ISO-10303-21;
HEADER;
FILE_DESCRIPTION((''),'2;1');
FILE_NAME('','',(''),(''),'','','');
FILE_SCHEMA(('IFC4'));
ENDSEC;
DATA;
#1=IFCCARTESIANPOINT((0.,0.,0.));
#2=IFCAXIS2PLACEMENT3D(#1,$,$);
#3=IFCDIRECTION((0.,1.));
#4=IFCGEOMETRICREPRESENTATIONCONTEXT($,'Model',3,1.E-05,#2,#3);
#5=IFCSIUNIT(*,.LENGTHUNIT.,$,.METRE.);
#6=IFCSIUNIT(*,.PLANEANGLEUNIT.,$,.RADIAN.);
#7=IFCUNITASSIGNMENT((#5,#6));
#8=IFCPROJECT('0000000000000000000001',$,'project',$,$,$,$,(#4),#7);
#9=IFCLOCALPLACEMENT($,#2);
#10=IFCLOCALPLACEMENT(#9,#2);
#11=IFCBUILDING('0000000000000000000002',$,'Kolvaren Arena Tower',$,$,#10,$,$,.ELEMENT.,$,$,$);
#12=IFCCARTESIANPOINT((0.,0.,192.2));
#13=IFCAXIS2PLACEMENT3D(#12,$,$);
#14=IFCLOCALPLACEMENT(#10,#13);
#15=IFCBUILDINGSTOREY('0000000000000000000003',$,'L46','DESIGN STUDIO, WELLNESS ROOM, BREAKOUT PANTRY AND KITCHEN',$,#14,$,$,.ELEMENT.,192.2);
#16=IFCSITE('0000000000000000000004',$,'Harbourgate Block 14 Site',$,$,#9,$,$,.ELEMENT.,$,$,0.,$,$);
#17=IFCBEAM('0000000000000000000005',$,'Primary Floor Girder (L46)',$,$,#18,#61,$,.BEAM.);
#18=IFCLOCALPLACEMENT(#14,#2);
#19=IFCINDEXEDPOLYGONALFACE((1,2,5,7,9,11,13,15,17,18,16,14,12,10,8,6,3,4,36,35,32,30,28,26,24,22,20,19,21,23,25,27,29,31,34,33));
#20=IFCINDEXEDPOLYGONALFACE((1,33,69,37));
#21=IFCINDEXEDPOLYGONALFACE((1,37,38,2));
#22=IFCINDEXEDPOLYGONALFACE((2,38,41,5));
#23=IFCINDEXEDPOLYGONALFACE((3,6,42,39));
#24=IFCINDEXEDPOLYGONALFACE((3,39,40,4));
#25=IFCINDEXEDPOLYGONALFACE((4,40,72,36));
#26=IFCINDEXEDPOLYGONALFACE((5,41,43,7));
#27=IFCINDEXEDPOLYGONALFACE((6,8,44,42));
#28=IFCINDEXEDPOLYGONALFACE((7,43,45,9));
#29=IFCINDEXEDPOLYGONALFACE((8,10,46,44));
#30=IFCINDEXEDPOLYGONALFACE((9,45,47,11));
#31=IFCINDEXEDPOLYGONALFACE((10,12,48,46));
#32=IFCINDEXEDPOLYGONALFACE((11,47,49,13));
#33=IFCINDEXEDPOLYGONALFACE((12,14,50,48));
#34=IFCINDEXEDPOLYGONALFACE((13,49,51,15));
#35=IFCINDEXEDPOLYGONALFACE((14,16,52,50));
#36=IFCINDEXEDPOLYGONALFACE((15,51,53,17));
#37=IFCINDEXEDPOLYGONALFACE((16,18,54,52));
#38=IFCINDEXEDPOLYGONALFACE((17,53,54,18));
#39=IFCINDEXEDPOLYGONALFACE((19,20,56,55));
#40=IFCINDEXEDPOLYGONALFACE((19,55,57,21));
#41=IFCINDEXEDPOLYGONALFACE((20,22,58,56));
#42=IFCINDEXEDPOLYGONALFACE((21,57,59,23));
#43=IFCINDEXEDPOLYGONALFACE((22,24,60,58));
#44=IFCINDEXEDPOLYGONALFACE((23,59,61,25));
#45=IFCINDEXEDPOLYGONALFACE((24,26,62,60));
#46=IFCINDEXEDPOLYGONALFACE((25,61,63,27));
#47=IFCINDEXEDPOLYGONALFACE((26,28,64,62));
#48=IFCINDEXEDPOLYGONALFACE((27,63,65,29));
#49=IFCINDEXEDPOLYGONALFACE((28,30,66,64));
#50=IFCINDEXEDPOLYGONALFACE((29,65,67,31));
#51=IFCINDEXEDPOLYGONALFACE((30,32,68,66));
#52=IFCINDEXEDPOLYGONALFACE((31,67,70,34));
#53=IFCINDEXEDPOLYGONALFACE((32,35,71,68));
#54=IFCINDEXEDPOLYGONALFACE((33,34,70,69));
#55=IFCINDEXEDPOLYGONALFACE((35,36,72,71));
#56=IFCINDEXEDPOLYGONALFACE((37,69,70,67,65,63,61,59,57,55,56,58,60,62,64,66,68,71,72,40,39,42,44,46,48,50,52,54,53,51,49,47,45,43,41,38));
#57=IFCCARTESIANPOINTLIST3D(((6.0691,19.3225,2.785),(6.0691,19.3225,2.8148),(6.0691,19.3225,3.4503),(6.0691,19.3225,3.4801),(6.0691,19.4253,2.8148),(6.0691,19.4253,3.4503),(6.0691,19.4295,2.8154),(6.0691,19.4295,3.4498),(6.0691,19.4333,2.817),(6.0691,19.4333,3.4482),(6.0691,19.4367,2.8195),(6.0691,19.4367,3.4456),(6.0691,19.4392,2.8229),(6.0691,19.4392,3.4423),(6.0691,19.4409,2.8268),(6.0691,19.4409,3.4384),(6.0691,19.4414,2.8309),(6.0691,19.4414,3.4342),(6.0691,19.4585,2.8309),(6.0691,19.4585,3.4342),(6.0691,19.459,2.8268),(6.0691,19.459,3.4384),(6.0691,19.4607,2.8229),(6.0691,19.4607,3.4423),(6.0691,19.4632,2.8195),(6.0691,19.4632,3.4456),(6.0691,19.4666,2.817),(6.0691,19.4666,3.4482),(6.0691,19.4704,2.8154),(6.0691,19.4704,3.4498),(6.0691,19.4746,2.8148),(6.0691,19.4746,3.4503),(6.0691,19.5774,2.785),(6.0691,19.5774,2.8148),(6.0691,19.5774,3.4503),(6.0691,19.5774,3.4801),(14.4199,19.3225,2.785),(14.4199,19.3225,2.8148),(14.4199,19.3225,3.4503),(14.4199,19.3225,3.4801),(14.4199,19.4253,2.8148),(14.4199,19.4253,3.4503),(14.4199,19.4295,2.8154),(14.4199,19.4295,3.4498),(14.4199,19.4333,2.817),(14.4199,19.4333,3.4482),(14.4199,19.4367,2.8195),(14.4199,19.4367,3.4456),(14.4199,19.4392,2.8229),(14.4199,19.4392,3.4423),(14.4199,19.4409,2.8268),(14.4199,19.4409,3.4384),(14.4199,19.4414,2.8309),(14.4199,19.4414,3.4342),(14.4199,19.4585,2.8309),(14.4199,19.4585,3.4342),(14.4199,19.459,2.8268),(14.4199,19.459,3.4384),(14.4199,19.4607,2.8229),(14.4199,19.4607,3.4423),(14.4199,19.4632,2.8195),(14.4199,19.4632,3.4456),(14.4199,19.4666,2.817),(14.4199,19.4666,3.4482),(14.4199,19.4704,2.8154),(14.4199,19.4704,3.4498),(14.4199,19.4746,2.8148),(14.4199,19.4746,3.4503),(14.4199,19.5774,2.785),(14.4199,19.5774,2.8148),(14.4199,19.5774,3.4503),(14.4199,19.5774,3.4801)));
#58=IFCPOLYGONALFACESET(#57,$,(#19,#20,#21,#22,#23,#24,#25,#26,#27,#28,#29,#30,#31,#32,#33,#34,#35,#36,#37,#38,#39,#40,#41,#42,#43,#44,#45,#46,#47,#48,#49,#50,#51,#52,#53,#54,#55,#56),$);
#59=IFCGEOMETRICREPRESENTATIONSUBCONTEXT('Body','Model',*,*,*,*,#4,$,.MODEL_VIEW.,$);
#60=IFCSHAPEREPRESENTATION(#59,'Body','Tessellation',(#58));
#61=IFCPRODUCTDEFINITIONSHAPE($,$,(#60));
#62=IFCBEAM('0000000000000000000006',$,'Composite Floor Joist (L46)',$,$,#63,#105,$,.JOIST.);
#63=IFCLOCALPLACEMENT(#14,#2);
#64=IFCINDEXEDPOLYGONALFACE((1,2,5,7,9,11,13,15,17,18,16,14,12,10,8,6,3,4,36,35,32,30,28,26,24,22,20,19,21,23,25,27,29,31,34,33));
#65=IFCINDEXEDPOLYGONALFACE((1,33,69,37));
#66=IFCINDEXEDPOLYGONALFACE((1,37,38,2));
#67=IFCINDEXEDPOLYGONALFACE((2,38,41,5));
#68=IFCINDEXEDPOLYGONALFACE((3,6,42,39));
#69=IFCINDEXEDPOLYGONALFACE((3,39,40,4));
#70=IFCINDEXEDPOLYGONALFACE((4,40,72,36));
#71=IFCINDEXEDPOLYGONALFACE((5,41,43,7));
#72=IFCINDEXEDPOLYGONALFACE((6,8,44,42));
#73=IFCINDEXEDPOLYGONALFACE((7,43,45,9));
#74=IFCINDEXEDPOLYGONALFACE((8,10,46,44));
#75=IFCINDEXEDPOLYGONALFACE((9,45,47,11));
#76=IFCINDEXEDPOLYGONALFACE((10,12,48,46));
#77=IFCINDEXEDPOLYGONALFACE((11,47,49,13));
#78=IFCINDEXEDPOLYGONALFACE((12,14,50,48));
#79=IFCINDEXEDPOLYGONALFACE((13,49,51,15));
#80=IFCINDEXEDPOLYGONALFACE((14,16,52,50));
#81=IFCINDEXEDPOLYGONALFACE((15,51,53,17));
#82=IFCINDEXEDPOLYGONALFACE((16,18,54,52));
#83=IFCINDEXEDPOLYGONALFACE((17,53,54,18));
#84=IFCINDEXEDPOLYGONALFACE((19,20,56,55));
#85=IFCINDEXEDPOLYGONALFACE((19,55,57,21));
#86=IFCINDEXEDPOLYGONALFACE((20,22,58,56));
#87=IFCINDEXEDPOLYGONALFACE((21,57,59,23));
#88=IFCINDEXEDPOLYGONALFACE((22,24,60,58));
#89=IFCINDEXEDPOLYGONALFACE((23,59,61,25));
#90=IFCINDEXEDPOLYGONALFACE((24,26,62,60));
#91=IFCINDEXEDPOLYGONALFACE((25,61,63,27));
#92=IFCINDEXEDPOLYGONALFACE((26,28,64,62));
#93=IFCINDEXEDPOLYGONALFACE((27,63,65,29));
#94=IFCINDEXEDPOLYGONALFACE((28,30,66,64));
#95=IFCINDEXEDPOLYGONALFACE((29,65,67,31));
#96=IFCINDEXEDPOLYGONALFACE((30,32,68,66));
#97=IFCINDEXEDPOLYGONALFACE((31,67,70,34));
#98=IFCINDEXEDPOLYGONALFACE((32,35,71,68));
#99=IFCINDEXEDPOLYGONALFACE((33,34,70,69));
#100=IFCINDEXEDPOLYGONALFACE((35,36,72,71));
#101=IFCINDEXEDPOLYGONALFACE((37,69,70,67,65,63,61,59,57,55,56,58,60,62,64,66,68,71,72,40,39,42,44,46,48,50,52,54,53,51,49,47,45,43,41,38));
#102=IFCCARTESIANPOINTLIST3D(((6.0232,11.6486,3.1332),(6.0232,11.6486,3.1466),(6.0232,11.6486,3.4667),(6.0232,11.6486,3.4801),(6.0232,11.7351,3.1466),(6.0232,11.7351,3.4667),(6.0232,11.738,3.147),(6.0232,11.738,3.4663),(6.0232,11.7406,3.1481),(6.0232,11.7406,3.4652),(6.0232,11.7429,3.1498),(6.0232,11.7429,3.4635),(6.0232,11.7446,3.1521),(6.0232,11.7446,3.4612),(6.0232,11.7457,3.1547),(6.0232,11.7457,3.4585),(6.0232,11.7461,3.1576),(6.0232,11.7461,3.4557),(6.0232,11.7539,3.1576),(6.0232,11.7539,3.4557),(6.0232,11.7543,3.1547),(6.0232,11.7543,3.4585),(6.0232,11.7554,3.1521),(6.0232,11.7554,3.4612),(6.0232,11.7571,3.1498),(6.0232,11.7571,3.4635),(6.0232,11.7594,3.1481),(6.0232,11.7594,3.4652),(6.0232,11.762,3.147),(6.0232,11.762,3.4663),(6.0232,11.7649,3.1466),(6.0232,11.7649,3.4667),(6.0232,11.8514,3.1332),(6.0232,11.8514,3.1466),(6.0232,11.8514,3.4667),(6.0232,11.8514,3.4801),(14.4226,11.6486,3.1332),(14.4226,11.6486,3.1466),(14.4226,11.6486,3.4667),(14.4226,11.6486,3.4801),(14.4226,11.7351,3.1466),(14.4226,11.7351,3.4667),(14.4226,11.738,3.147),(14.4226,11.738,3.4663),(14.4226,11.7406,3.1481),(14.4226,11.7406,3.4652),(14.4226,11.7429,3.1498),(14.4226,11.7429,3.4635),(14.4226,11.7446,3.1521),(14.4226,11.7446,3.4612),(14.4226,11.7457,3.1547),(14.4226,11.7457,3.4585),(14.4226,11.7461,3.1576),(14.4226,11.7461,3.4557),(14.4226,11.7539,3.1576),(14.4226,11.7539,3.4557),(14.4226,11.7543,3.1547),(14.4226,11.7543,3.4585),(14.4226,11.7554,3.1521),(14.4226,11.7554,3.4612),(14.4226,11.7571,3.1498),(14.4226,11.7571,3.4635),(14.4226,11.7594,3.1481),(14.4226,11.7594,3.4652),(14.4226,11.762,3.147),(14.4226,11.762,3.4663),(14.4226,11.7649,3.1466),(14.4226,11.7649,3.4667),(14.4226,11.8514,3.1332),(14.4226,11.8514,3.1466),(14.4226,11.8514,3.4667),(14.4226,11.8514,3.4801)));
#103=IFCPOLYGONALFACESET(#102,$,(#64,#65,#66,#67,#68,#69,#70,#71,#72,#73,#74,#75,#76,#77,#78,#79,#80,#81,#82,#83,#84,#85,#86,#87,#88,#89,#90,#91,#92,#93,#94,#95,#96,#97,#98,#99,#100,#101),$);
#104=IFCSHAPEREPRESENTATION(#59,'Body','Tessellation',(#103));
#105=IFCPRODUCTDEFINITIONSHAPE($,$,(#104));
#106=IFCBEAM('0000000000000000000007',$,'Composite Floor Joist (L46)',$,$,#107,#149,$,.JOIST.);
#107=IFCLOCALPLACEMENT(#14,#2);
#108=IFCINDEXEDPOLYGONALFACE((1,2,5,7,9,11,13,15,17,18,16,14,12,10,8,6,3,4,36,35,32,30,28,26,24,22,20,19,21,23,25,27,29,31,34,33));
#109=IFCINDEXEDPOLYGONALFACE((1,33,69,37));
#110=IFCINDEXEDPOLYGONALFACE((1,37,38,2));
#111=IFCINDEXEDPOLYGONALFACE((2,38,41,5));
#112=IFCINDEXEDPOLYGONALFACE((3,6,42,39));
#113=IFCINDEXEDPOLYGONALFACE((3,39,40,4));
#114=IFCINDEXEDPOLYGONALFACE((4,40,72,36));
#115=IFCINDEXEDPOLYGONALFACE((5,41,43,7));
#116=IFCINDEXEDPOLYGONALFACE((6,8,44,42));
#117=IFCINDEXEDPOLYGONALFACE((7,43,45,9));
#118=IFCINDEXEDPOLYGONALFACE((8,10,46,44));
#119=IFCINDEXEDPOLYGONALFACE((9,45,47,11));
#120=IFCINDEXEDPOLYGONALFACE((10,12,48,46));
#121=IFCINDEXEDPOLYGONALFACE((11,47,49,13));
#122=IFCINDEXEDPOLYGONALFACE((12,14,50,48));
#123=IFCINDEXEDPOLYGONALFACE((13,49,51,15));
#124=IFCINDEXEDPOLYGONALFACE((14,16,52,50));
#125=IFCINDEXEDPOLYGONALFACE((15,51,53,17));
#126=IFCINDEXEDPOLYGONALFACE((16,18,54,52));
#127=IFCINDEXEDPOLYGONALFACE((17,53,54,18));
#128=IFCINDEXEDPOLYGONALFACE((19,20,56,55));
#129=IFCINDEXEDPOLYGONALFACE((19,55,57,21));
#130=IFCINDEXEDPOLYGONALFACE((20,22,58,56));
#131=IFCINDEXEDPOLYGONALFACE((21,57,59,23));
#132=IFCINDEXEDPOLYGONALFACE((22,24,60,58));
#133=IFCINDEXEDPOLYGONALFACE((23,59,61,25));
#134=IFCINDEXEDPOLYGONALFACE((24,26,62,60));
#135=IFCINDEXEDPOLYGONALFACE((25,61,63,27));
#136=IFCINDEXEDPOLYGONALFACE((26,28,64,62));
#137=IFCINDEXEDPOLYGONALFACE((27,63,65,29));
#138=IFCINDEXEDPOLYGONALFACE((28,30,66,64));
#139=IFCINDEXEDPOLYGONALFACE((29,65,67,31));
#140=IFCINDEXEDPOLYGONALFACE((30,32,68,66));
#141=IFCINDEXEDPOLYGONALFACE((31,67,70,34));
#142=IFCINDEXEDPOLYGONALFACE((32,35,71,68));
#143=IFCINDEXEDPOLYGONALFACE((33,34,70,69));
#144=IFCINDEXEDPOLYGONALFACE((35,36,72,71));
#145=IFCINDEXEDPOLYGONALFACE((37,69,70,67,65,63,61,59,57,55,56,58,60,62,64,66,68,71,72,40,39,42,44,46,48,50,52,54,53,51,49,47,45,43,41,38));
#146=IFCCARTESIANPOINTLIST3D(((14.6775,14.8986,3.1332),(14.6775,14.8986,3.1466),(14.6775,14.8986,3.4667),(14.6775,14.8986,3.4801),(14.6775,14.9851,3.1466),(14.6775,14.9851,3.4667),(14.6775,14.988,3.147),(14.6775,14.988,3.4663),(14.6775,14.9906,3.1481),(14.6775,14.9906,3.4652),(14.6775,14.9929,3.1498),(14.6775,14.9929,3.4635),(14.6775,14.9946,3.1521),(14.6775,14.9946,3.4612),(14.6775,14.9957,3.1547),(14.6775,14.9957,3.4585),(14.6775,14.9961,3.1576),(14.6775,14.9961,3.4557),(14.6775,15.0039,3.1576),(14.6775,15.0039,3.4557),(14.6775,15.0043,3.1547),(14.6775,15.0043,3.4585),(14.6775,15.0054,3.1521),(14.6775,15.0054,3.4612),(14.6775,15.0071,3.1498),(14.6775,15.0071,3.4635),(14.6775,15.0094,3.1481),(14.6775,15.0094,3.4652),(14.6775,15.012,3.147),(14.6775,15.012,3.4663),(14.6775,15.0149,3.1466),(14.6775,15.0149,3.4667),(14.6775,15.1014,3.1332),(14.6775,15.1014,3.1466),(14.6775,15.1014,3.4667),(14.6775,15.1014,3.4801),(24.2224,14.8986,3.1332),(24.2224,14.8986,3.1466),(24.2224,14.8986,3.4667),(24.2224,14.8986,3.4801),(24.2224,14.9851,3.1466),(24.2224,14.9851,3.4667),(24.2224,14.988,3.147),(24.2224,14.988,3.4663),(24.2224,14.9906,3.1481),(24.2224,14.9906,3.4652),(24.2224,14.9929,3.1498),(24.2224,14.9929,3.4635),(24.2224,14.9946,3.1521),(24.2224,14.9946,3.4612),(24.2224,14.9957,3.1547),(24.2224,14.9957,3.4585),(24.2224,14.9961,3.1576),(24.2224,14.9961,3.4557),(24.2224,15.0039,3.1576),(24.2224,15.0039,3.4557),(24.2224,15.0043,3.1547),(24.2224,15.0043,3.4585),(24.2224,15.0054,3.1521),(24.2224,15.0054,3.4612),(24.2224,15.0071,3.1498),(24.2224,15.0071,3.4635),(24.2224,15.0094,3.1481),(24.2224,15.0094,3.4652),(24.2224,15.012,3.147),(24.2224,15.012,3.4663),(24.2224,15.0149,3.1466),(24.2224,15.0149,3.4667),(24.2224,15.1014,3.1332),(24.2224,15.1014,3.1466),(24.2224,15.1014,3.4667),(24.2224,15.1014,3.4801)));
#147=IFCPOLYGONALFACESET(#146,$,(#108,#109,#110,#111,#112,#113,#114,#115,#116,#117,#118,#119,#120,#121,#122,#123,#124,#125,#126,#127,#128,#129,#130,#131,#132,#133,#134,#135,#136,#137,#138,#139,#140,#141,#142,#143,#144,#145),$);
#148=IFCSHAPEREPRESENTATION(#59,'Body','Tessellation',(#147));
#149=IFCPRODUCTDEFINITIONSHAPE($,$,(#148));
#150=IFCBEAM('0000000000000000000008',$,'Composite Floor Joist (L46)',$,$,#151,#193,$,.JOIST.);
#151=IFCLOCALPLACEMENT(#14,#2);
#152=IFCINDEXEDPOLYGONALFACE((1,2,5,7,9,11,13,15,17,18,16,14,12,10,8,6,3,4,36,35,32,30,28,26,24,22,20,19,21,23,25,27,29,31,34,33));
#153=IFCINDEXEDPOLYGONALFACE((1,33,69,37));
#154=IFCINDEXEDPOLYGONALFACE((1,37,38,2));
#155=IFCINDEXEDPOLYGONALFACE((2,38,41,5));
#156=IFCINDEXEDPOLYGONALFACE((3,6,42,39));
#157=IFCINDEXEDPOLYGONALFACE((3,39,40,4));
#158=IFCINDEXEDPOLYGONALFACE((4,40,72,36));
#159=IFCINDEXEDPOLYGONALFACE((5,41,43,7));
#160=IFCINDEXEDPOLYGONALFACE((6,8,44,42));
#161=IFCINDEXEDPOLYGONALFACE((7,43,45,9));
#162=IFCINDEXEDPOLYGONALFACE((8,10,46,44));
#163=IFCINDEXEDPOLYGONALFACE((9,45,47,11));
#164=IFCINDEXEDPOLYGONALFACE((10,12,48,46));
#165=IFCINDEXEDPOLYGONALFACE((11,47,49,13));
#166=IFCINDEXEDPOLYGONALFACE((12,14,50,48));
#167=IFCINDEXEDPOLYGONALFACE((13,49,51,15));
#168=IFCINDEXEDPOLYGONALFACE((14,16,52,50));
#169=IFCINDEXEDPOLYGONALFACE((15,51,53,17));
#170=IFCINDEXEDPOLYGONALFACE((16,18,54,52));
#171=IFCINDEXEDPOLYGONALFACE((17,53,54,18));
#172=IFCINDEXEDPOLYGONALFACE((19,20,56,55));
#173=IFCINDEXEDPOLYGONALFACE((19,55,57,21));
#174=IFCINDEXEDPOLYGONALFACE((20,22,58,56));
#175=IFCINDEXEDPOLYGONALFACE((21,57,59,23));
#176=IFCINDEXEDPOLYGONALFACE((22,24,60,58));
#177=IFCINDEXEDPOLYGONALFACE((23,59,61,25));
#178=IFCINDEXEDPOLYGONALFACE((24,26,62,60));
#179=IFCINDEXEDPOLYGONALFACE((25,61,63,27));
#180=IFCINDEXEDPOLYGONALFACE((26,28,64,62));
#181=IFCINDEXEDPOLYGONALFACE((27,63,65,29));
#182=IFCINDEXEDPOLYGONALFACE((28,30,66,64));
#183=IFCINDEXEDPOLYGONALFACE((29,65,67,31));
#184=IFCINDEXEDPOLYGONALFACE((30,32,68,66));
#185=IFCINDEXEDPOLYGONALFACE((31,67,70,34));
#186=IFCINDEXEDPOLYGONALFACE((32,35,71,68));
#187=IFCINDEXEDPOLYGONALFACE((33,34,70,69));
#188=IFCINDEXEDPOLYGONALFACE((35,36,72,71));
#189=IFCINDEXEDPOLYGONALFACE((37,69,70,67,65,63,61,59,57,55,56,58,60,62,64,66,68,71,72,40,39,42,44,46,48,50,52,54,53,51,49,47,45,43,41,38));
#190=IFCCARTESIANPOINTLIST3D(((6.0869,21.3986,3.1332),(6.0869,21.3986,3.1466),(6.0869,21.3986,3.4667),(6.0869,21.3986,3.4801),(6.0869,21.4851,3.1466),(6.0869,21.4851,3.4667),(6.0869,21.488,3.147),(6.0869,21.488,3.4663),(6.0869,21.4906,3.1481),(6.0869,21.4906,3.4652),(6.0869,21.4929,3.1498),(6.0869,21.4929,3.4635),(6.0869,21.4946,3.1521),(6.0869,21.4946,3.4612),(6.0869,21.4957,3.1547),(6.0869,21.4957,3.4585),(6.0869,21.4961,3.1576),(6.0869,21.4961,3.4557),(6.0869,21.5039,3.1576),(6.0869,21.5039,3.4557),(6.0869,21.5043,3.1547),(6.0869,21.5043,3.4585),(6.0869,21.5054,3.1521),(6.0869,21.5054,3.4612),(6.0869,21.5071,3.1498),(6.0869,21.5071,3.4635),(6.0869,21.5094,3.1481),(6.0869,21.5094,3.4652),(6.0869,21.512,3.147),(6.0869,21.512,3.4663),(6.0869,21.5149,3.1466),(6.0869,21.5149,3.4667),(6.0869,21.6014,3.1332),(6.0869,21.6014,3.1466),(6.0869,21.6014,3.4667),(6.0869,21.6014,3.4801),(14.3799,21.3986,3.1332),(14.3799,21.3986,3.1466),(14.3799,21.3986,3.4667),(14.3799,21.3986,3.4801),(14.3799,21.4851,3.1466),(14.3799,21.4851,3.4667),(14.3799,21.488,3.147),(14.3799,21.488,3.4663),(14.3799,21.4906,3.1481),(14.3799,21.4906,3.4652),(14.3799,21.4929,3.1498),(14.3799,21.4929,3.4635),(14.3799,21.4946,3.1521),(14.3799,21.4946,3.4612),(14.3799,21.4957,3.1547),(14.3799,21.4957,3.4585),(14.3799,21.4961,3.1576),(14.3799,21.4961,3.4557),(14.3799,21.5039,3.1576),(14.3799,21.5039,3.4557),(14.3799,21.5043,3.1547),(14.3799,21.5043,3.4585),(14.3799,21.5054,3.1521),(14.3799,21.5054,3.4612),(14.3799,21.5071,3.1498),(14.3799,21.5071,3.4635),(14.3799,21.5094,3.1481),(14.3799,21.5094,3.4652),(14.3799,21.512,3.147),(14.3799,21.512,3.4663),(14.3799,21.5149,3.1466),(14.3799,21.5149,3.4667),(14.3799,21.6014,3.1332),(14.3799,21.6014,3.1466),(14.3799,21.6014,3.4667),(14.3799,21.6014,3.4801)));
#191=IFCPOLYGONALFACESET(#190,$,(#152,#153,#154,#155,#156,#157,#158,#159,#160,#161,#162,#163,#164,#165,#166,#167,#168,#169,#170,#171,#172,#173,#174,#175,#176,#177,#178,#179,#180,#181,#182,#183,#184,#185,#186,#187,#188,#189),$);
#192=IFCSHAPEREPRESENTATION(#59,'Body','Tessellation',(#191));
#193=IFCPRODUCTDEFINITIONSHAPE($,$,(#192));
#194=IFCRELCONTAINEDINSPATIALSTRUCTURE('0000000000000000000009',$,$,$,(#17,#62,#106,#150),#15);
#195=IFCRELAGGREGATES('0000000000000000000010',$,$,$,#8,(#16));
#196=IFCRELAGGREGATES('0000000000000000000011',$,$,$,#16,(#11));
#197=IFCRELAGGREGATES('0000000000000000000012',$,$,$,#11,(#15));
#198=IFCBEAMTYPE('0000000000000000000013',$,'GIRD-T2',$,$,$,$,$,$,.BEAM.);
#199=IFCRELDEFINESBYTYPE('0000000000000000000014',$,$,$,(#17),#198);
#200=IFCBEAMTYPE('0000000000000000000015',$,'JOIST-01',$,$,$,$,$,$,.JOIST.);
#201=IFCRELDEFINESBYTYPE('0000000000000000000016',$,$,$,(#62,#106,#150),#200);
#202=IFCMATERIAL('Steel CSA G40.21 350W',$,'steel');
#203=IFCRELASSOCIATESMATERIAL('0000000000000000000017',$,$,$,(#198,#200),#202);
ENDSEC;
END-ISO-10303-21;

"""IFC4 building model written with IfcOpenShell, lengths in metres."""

from ifc_helpers import new_model, si_unit, direction, frame, origin, origin_2d, place, context, subcontext, project, spatial, i_section, extrude, material, material_profile, profile_set, type_object, element, save


model = new_model("IFC4")

# Units and contexts
model_context = context("Model", 3, precision=1e-05, world=origin(), true_north=direction((0.0, 1.0)))
body_context = subcontext(model_context, "Body", "Model", "MODEL_VIEW")
ifc_project = project(units=[si_unit("LENGTHUNIT", "METRE"), si_unit("PLANEANGLEUNIT", "RADIAN")], contexts=[model_context])

# Site, building, storey
site_placement = place(None, origin())
site = spatial("IfcSite", under=ifc_project, at=site_placement, Name="Harbourgate Block 14 Site", CompositionType="ELEMENT", RefElevation=0.0)
building_placement = place(site_placement, origin())
building = spatial("IfcBuilding", under=site, at=building_placement, Name="Kolvaren Arena Tower", CompositionType="ELEMENT")
storey_placement = place(building_placement, frame((0.0, 0.0, 192.2)))
storey = spatial("IfcBuildingStorey", under=building, at=storey_placement, Name="L46", Description="DESIGN STUDIO, WELLNESS ROOM, BREAKOUT PANTRY AND KITCHEN", CompositionType="ELEMENT", Elevation=192.2)

# Beams
ifc_material_1 = material(Name="Steel CSA G40.21 350W", Category="steel")
ifc_material_profile_1 = material_profile(ifc_material_1, i_section(OverallWidth=0.2549, OverallDepth=0.6951, WebThickness=0.0171, FlangeThickness=0.0298, FilletRadius=0.0161, at=origin_2d()), Name="W690x217")
ifc_profile_set_1 = profile_set([ifc_material_profile_1], Name="Steel CSA G40.21 350W")
beam_type_1 = type_object("IfcBeamType", Name="GIRD-T2", PredefinedType="BEAM", material=ifc_profile_set_1)
beam_1_placement = place(storey_placement, frame((6.0691, 19.45, 3.1326), z_axis=(1.0, 0.0, 0.0), x_axis=(0.0, 1.0, 0.0)))
element("IfcBeam", 1, at=beam_1_placement, inside=storey, type_object=beam_type_1, Name="Primary Floor Girder (L46)", PredefinedType="BEAM", context=body_context, shape_type="SweptSolid", body=[
    extrude(i_section(OverallWidth=0.2549, OverallDepth=0.6951, WebThickness=0.0171, FlangeThickness=0.0298, FilletRadius=0.0161, at=origin_2d()), origin(), (0.0, 0.0, 1.0), 8.3508),
])
ifc_material_profile_2 = material_profile(ifc_material_1, i_section(OverallWidth=0.2029, OverallDepth=0.3469, WebThickness=0.0078, FlangeThickness=0.0134, FilletRadius=0.011, at=origin_2d()), Name="W360x64")
ifc_profile_set_2 = profile_set([ifc_material_profile_2], Name="Steel CSA G40.21 350W")
beam_type_2 = type_object("IfcBeamType", Name="JOIST-01", PredefinedType="JOIST", material=ifc_profile_set_2)
beam_2_placement = place(storey_placement, frame((6.0232, 11.75, 3.3066), z_axis=(1.0, 0.0, 0.0), x_axis=(0.0, 1.0, 0.0)))
element("IfcBeam", 2, at=beam_2_placement, inside=storey, type_object=beam_type_2, Name="Composite Floor Joist (L46)", PredefinedType="JOIST", context=body_context, shape_type="SweptSolid", body=[
    extrude(i_section(OverallWidth=0.2029, OverallDepth=0.3469, WebThickness=0.0078, FlangeThickness=0.0134, FilletRadius=0.011, at=origin_2d()), origin(), (0.0, 0.0, 1.0), 8.3994),
])
beam_3_placement = place(storey_placement, frame((14.6775, 15.0, 3.3066), z_axis=(1.0, 0.0, 0.0), x_axis=(0.0, 1.0, 0.0)))
element("IfcBeam", 3, at=beam_3_placement, inside=storey, type_object=beam_type_2, Name="Composite Floor Joist (L46)", PredefinedType="JOIST", context=body_context, shape_type="SweptSolid", body=[
    extrude(i_section(OverallWidth=0.2029, OverallDepth=0.3469, WebThickness=0.0078, FlangeThickness=0.0134, FilletRadius=0.011, at=origin_2d()), origin(), (0.0, 0.0, 1.0), 9.5449),
])
beam_4_placement = place(storey_placement, frame((6.0869, 21.5, 3.3066), z_axis=(1.0, 0.0, 0.0), x_axis=(0.0, 1.0, 0.0)))
element("IfcBeam", 4, at=beam_4_placement, inside=storey, type_object=beam_type_2, Name="Composite Floor Joist (L46)", PredefinedType="JOIST", context=body_context, shape_type="SweptSolid", body=[
    extrude(i_section(OverallWidth=0.2029, OverallDepth=0.3469, WebThickness=0.0078, FlangeThickness=0.0134, FilletRadius=0.011, at=origin_2d()), origin(), (0.0, 0.0, 1.0), 8.293),
])

save(model, "model.ifc")
